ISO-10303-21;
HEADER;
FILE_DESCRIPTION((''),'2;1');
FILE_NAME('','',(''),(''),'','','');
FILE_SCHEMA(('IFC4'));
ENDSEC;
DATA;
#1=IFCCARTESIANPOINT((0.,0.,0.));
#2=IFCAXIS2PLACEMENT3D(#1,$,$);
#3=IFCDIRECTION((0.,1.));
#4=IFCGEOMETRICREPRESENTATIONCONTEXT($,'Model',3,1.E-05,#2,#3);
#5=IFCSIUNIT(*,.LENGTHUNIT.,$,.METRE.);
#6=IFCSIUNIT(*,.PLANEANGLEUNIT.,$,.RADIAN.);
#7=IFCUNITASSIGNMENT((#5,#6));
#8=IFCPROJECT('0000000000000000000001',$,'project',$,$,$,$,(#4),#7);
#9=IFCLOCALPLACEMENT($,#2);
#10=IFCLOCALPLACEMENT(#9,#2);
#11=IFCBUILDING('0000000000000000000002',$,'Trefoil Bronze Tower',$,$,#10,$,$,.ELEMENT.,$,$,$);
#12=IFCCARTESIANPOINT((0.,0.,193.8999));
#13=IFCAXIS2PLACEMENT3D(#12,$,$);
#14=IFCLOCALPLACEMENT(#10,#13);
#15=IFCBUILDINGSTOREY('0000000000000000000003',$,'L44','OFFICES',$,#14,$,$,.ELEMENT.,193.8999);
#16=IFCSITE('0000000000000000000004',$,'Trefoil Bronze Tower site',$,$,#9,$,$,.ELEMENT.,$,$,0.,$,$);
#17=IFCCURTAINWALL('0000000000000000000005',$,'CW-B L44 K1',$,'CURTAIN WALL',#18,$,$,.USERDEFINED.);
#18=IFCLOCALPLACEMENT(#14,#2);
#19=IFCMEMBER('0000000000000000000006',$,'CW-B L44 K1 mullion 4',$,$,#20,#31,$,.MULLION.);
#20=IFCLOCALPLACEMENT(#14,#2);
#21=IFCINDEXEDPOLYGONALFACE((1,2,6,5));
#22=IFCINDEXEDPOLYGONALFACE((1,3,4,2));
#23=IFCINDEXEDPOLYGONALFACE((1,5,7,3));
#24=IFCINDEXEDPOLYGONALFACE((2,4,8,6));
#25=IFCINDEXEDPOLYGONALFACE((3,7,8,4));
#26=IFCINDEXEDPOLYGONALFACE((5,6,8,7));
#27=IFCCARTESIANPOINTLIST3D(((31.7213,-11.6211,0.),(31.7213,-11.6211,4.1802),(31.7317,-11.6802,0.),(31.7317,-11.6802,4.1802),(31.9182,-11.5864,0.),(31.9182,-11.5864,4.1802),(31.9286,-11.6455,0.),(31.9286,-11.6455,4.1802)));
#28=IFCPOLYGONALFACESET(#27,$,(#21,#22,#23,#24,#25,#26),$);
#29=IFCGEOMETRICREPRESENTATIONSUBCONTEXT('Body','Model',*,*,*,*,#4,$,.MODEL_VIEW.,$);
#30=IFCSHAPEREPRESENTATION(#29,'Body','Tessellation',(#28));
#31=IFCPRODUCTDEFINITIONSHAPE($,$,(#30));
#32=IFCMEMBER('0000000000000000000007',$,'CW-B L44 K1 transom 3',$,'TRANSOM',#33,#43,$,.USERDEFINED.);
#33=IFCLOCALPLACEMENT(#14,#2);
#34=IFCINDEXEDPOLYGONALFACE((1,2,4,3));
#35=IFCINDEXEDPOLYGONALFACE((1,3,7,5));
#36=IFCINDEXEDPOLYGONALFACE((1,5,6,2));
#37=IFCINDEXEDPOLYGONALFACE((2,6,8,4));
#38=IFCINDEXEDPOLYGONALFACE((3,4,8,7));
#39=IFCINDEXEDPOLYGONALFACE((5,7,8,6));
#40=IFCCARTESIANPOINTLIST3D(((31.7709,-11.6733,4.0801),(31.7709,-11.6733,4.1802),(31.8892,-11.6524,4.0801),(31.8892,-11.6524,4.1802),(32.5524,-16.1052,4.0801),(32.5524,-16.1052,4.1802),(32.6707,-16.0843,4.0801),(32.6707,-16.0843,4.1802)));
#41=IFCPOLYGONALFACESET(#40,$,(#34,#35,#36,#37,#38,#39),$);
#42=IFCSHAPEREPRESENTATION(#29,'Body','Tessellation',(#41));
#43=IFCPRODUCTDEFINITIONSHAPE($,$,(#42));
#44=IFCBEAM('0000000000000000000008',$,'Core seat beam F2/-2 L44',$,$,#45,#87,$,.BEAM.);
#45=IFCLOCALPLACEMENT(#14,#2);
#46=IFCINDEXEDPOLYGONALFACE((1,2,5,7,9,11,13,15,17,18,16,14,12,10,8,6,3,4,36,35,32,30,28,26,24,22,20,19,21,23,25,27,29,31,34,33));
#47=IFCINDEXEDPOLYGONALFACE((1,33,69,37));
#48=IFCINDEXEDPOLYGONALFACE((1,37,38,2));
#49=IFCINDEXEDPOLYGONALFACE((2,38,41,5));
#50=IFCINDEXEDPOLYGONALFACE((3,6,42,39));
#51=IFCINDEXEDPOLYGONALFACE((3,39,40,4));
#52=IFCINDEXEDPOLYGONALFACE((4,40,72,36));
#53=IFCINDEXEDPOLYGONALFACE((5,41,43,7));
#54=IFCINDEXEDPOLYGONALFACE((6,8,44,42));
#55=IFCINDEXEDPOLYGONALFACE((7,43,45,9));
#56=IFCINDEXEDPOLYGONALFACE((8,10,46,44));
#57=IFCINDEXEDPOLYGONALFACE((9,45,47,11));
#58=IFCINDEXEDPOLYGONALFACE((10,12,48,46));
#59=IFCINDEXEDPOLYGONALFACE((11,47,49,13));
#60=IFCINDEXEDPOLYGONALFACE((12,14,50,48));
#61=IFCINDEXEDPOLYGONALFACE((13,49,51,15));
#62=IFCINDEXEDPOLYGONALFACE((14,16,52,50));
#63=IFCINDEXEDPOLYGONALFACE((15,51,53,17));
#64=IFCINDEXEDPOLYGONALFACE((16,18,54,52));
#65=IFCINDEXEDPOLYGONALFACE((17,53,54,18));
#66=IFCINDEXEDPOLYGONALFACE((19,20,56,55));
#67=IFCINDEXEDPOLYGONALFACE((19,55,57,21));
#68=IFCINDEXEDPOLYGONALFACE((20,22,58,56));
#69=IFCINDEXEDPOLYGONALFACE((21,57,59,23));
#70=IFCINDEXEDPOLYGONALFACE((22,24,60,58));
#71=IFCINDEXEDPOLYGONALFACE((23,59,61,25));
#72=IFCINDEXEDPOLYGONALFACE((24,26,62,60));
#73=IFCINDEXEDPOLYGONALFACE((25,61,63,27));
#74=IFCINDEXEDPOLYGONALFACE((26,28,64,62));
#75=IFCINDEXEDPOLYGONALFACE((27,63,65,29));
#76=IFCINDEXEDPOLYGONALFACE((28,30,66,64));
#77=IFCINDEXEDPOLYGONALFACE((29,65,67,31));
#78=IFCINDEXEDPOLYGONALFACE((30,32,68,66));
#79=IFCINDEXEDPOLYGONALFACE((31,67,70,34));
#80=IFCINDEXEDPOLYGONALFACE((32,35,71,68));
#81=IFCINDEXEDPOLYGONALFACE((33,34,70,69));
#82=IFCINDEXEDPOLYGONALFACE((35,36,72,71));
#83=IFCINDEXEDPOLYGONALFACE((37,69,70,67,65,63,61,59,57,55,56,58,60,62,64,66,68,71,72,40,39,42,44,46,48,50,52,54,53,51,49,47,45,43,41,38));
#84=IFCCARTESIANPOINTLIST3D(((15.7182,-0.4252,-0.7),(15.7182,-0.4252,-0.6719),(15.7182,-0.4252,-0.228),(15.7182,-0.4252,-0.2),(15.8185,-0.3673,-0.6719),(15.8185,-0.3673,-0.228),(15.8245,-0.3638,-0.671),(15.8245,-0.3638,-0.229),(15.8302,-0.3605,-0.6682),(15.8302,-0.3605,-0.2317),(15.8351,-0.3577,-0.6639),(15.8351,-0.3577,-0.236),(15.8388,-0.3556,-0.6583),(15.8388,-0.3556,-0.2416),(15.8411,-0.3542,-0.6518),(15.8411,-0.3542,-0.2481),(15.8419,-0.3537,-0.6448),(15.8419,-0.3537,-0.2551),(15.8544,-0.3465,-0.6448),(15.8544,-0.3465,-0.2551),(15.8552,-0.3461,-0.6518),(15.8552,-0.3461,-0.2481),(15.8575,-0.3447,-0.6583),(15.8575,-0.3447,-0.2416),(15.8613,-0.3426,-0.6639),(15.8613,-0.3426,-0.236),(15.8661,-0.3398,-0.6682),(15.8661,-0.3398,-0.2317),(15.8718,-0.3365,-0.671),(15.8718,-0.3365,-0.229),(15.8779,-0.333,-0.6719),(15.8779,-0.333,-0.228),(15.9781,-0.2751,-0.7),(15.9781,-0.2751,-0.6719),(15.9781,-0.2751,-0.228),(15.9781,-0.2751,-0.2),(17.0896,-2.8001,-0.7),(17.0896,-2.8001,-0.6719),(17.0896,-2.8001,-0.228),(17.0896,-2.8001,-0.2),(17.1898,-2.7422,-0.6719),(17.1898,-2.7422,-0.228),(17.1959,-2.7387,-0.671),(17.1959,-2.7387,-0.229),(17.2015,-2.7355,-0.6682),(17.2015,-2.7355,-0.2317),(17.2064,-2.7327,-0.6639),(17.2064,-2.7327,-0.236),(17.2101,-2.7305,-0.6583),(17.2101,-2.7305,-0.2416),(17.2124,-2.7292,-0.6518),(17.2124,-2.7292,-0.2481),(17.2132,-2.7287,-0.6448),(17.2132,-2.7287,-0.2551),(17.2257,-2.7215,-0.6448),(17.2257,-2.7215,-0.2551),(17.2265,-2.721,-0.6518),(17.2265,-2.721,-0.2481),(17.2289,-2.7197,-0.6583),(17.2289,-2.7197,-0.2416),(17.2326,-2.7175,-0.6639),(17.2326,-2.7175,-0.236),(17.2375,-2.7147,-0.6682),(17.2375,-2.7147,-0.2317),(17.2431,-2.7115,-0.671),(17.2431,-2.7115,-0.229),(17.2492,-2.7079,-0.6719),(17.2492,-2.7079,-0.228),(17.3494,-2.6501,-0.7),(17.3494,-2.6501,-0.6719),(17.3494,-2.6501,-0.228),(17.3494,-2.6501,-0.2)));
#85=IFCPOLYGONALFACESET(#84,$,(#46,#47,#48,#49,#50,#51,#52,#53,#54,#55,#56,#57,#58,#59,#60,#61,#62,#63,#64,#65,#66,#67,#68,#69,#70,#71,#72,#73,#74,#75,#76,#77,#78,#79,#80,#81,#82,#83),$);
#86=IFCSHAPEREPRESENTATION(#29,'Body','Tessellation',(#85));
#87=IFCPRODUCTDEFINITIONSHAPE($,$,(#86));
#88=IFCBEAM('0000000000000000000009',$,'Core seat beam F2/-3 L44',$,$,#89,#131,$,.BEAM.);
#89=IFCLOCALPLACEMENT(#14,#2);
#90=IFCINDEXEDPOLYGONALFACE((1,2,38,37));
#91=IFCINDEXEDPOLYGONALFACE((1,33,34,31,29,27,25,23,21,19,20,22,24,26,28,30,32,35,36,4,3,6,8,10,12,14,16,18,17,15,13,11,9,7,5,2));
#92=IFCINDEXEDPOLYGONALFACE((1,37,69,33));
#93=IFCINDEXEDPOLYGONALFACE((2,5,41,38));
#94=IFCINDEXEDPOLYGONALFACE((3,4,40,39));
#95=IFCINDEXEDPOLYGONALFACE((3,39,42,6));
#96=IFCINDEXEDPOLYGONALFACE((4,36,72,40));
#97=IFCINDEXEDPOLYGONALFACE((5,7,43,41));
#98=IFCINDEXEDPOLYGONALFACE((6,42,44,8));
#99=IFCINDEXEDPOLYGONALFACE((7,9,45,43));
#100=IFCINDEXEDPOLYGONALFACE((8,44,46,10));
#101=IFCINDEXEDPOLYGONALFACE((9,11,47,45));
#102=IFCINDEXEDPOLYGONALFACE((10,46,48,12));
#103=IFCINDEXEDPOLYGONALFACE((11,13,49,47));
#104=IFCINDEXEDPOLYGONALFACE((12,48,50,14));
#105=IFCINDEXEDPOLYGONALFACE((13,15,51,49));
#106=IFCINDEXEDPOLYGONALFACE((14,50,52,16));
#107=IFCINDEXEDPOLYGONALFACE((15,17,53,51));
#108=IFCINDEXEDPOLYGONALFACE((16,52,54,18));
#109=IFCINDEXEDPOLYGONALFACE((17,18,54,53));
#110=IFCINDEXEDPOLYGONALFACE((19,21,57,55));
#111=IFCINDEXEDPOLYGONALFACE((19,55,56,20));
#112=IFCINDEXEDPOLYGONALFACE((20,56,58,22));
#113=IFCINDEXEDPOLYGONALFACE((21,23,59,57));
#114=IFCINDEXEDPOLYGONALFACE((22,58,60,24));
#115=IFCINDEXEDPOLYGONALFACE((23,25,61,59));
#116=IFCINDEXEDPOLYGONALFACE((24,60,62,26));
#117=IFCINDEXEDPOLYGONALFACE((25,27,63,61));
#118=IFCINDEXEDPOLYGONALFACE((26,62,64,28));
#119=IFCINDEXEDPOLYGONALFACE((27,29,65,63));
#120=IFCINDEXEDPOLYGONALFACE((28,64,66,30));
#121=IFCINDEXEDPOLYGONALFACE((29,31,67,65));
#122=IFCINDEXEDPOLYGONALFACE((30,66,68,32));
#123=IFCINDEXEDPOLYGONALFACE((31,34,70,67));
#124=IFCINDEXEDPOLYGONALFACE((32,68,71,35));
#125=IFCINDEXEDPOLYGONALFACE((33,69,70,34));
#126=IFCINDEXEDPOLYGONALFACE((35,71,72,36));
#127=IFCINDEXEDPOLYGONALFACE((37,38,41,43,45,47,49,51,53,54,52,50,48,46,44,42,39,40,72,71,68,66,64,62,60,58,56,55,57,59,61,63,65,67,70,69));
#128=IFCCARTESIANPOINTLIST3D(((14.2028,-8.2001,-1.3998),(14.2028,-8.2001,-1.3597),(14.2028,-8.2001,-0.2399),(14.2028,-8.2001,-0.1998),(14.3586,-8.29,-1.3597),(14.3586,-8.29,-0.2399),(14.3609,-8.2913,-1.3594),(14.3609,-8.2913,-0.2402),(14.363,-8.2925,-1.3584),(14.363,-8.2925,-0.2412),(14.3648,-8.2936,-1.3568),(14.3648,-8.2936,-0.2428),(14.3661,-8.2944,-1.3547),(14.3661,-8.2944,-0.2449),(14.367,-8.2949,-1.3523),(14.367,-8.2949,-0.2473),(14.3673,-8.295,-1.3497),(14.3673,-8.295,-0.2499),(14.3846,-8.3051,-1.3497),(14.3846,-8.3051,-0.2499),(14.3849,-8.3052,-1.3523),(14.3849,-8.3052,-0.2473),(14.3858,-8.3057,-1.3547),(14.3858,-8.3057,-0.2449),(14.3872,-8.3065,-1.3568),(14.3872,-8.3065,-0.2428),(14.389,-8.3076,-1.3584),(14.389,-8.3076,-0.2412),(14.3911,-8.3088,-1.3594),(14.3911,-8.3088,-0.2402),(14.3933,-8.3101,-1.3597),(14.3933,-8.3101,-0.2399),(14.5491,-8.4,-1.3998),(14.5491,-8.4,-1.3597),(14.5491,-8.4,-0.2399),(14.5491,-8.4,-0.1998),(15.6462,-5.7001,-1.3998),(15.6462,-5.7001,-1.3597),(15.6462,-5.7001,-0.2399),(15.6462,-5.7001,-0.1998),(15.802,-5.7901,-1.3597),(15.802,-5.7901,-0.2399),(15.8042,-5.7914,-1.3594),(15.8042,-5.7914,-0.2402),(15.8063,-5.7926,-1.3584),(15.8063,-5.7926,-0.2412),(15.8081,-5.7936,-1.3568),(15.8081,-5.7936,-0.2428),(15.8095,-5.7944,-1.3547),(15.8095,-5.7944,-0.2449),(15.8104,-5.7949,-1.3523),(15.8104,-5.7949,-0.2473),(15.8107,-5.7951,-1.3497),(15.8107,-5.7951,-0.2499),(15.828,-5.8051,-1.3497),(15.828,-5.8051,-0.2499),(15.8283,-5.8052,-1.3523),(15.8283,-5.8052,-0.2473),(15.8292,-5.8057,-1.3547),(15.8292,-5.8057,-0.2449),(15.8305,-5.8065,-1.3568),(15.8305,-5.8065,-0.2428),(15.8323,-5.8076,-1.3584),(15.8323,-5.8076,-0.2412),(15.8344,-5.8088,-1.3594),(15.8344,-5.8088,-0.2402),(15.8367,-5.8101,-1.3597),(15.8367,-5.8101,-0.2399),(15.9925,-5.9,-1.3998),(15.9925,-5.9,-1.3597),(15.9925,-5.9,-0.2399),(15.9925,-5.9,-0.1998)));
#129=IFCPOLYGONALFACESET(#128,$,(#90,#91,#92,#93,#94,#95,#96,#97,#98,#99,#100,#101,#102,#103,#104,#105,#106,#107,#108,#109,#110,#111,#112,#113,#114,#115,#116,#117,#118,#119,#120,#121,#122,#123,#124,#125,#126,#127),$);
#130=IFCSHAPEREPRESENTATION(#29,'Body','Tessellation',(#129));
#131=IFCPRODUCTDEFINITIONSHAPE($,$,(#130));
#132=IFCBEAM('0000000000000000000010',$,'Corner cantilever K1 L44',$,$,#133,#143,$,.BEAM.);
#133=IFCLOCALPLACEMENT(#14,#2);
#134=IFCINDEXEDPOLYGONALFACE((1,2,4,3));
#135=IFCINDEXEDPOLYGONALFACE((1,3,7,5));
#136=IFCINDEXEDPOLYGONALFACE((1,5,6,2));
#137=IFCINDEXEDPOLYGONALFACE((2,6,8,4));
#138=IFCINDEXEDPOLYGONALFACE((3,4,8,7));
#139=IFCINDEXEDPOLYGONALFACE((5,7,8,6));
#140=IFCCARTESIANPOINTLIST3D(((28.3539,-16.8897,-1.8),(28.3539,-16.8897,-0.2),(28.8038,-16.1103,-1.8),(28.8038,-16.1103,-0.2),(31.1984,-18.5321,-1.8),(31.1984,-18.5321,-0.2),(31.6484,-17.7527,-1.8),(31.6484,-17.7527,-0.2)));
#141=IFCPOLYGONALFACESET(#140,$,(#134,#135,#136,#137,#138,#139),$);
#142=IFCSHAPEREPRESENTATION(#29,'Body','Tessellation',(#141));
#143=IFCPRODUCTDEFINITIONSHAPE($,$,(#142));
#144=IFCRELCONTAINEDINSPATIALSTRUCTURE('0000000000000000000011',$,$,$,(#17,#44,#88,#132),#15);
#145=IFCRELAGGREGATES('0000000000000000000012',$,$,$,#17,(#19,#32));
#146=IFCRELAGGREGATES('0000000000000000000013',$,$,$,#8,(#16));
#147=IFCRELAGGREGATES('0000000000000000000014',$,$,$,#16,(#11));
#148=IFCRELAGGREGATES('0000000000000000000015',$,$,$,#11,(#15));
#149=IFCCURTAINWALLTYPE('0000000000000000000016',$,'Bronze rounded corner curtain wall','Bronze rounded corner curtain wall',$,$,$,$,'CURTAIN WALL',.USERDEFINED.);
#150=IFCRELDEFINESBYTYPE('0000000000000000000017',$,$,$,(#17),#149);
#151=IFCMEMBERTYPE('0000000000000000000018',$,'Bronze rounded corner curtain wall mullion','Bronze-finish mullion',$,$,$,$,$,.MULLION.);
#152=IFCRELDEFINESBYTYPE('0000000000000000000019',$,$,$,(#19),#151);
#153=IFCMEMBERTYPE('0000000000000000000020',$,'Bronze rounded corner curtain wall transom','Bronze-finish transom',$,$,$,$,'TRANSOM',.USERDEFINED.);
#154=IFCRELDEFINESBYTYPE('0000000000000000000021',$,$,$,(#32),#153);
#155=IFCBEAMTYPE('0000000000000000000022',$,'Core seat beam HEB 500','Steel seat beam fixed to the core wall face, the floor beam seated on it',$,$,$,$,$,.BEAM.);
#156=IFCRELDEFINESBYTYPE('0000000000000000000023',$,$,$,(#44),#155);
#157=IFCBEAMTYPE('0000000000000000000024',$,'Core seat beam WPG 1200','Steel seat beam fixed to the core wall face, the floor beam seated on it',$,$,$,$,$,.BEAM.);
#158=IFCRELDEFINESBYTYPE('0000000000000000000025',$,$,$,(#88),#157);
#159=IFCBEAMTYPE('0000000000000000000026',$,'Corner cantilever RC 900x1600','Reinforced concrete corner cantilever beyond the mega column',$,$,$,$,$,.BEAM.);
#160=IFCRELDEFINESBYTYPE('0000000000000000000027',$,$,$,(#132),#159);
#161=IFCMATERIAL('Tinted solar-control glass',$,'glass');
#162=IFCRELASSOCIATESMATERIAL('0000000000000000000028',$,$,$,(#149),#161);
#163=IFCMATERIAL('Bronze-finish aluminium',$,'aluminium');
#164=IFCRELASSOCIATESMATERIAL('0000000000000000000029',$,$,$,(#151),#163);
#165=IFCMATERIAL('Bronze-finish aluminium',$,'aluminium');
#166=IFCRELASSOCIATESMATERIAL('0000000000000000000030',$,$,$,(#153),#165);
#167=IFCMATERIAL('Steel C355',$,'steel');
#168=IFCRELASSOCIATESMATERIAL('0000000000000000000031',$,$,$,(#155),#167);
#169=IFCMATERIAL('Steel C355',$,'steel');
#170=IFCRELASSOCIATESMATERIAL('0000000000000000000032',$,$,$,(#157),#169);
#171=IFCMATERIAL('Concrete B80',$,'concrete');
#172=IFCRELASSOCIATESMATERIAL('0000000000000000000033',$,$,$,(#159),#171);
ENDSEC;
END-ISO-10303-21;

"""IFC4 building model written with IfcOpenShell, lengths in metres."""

from ifc_helpers import new_model, si_unit, direction, frame, origin, origin_2d, place, context, subcontext, project, spatial, rectangle, i_section, extrude, material, material_profile, profile_set, type_object, element, aggregate, save


model = new_model("IFC4")

# Units and contexts
model_context = context("Model", 3, precision=1e-05, world=origin(), true_north=direction((0.0, 1.0)))
body_context = subcontext(model_context, "Body", "Model", "MODEL_VIEW")
ifc_project = project(units=[si_unit("LENGTHUNIT", "METRE"), si_unit("PLANEANGLEUNIT", "RADIAN")], contexts=[model_context])

# Site, building, storey
site_placement = place(None, origin())
site = spatial("IfcSite", under=ifc_project, at=site_placement, Name="Trefoil Bronze Tower site", CompositionType="ELEMENT", RefElevation=0.0)
building_placement = place(site_placement, origin())
building = spatial("IfcBuilding", under=site, at=building_placement, Name="Trefoil Bronze Tower", CompositionType="ELEMENT")
storey_placement = place(building_placement, frame((0.0, 0.0, 193.8999)))
storey = spatial("IfcBuildingStorey", under=building, at=storey_placement, Name="L44", Description="OFFICES", CompositionType="ELEMENT", Elevation=193.8999)

# Curtain wall, members
ifc_material_1 = material(Name="Tinted solar-control glass", Category="glass")
curtain_wall_type_1 = type_object("IfcCurtainWallType", Name="Bronze rounded corner curtain wall", Description="Bronze rounded corner curtain wall", ElementType="CURTAIN WALL", PredefinedType="USERDEFINED", material=ifc_material_1)
curtain_wall_1_placement = place(storey_placement, origin())
curtain_wall_1 = element("IfcCurtainWall", 1, at=curtain_wall_1_placement, inside=storey, type_object=curtain_wall_type_1, Name="CW-B L44 K1", ObjectType="CURTAIN WALL", PredefinedType="USERDEFINED")
ifc_material_2 = material(Name="Bronze-finish aluminium", Category="aluminium")
ifc_material_profile_1 = material_profile(ifc_material_2, rectangle(XDim=0.2, YDim=0.0601, at=origin_2d()), Name="CW-B mullion")
ifc_profile_set_1 = profile_set([ifc_material_profile_1], Name="Bronze-finish aluminium")
member_type_1 = type_object("IfcMemberType", Name="Bronze rounded corner curtain wall mullion", Description="Bronze-finish mullion", PredefinedType="MULLION", material=ifc_profile_set_1)
member_1_placement = place(storey_placement, frame((31.825, -11.6333, 0.0), z_axis=(0.0, 0.0, 1.0), x_axis=(-0.984808, -0.173648, 0.0)))
member_1 = element("IfcMember", 2, at=member_1_placement, type_object=member_type_1, Name="CW-B L44 K1 mullion 4", PredefinedType="MULLION", context=body_context, shape_type="SweptSolid", body=[
    extrude(rectangle(XDim=0.2, YDim=0.0601, at=origin_2d()), origin(), (0.0, 0.0, 1.0), 4.1802),
])
ifc_material_3 = material(Name="Bronze-finish aluminium", Category="aluminium")
ifc_material_profile_2 = material_profile(ifc_material_3, rectangle(XDim=0.1201, YDim=0.1001, at=origin_2d()), Name="CW-B transom")
ifc_profile_set_2 = profile_set([ifc_material_profile_2], Name="Bronze-finish aluminium")
member_type_2 = type_object("IfcMemberType", Name="Bronze rounded corner curtain wall transom", Description="Bronze-finish transom", ElementType="TRANSOM", PredefinedType="USERDEFINED", material=ifc_profile_set_2)
member_2_placement = place(storey_placement, frame((32.6116, -16.0947, 4.1301), z_axis=(-0.173655, 0.984806, 0.0), x_axis=(-0.984806, -0.173655, 0.0)))
member_2 = element("IfcMember", 3, at=member_2_placement, type_object=member_type_2, Name="CW-B L44 K1 transom 3", ObjectType="TRANSOM", PredefinedType="USERDEFINED", context=body_context, shape_type="SweptSolid", body=[
    extrude(rectangle(XDim=0.1201, YDim=0.1001, at=origin_2d()), origin(), (0.0, 0.0, 1.0), 4.5002),
])

# Beams
ifc_material_4 = material(Name="Steel C355", Category="steel")
ifc_material_profile_3 = material_profile(ifc_material_4, i_section(OverallWidth=0.3, OverallDepth=0.5, WebThickness=0.0144, FlangeThickness=0.0281, FilletRadius=0.0271, at=origin_2d()), Name="HEB 500")
ifc_profile_set_3 = profile_set([ifc_material_profile_3], Name="Steel C355")
beam_type_1 = type_object("IfcBeamType", Name="Core seat beam HEB 500", Description="Steel seat beam fixed to the core wall face, the floor beam seated on it", PredefinedType="BEAM", material=ifc_profile_set_3)
beam_1_placement = place(storey_placement, frame((17.2195, -2.7251, -0.45), z_axis=(-0.500036, 0.866005, 0.0), x_axis=(-0.866005, -0.500036, 0.0)))
element("IfcBeam", 4, at=beam_1_placement, inside=storey, type_object=beam_type_1, Name="Core seat beam F2/-2 L44", PredefinedType="BEAM", context=body_context, shape_type="SweptSolid", body=[
    extrude(i_section(OverallWidth=0.3, OverallDepth=0.5, WebThickness=0.0144, FlangeThickness=0.0281, FilletRadius=0.0271, at=origin_2d()), origin(), (0.0, 0.0, 1.0), 2.7424),
])
ifc_material_5 = material(Name="Steel C355", Category="steel")
ifc_material_profile_4 = material_profile(ifc_material_5, i_section(OverallWidth=0.3999, OverallDepth=1.2, WebThickness=0.02, FlangeThickness=0.04, FilletRadius=0.01, at=origin_2d()), Name="WPG 1200")
ifc_profile_set_4 = profile_set([ifc_material_profile_4], Name="Steel C355")
beam_type_2 = type_object("IfcBeamType", Name="Core seat beam WPG 1200", Description="Steel seat beam fixed to the core wall face, the floor beam seated on it", PredefinedType="BEAM", material=ifc_profile_set_4)
beam_2_placement = place(storey_placement, frame((14.376, -8.3, -0.7998), z_axis=(0.499996, 0.866028, 0.0), x_axis=(-0.866028, 0.499996, 0.0)))
element("IfcBeam", 5, at=beam_2_placement, inside=storey, type_object=beam_type_2, Name="Core seat beam F2/-3 L44", PredefinedType="BEAM", context=body_context, shape_type="SweptSolid", body=[
    extrude(i_section(OverallWidth=0.3999, OverallDepth=1.2, WebThickness=0.02, FlangeThickness=0.04, FilletRadius=0.01, at=origin_2d()), origin(), (0.0, 0.0, 1.0), 2.8867),
])
ifc_material_6 = material(Name="Concrete B80", Category="concrete")
ifc_material_profile_5 = material_profile(ifc_material_6, rectangle(XDim=0.8999, YDim=1.6001, at=origin_2d()), Name="RC 900x1600")
ifc_profile_set_5 = profile_set([ifc_material_profile_5], Name="Concrete B80")
beam_type_3 = type_object("IfcBeamType", Name="Corner cantilever RC 900x1600", Description="Reinforced concrete corner cantilever beyond the mega column", PredefinedType="BEAM", material=ifc_profile_set_5)
beam_3_placement = place(storey_placement, frame((28.5789, -16.5, -1.0), z_axis=(0.866016, -0.500016, 0.0), x_axis=(0.500016, 0.866016, 0.0)))
element("IfcBeam", 6, at=beam_3_placement, inside=storey, type_object=beam_type_3, Name="Corner cantilever K1 L44", PredefinedType="BEAM", context=body_context, shape_type="SweptSolid", body=[
    extrude(rectangle(XDim=0.8999, YDim=1.6001, at=origin_2d()), origin(), (0.0, 0.0, 1.0), 3.2847),
])

aggregate(curtain_wall_1, [member_1, member_2])

save(model, "model.ifc")
